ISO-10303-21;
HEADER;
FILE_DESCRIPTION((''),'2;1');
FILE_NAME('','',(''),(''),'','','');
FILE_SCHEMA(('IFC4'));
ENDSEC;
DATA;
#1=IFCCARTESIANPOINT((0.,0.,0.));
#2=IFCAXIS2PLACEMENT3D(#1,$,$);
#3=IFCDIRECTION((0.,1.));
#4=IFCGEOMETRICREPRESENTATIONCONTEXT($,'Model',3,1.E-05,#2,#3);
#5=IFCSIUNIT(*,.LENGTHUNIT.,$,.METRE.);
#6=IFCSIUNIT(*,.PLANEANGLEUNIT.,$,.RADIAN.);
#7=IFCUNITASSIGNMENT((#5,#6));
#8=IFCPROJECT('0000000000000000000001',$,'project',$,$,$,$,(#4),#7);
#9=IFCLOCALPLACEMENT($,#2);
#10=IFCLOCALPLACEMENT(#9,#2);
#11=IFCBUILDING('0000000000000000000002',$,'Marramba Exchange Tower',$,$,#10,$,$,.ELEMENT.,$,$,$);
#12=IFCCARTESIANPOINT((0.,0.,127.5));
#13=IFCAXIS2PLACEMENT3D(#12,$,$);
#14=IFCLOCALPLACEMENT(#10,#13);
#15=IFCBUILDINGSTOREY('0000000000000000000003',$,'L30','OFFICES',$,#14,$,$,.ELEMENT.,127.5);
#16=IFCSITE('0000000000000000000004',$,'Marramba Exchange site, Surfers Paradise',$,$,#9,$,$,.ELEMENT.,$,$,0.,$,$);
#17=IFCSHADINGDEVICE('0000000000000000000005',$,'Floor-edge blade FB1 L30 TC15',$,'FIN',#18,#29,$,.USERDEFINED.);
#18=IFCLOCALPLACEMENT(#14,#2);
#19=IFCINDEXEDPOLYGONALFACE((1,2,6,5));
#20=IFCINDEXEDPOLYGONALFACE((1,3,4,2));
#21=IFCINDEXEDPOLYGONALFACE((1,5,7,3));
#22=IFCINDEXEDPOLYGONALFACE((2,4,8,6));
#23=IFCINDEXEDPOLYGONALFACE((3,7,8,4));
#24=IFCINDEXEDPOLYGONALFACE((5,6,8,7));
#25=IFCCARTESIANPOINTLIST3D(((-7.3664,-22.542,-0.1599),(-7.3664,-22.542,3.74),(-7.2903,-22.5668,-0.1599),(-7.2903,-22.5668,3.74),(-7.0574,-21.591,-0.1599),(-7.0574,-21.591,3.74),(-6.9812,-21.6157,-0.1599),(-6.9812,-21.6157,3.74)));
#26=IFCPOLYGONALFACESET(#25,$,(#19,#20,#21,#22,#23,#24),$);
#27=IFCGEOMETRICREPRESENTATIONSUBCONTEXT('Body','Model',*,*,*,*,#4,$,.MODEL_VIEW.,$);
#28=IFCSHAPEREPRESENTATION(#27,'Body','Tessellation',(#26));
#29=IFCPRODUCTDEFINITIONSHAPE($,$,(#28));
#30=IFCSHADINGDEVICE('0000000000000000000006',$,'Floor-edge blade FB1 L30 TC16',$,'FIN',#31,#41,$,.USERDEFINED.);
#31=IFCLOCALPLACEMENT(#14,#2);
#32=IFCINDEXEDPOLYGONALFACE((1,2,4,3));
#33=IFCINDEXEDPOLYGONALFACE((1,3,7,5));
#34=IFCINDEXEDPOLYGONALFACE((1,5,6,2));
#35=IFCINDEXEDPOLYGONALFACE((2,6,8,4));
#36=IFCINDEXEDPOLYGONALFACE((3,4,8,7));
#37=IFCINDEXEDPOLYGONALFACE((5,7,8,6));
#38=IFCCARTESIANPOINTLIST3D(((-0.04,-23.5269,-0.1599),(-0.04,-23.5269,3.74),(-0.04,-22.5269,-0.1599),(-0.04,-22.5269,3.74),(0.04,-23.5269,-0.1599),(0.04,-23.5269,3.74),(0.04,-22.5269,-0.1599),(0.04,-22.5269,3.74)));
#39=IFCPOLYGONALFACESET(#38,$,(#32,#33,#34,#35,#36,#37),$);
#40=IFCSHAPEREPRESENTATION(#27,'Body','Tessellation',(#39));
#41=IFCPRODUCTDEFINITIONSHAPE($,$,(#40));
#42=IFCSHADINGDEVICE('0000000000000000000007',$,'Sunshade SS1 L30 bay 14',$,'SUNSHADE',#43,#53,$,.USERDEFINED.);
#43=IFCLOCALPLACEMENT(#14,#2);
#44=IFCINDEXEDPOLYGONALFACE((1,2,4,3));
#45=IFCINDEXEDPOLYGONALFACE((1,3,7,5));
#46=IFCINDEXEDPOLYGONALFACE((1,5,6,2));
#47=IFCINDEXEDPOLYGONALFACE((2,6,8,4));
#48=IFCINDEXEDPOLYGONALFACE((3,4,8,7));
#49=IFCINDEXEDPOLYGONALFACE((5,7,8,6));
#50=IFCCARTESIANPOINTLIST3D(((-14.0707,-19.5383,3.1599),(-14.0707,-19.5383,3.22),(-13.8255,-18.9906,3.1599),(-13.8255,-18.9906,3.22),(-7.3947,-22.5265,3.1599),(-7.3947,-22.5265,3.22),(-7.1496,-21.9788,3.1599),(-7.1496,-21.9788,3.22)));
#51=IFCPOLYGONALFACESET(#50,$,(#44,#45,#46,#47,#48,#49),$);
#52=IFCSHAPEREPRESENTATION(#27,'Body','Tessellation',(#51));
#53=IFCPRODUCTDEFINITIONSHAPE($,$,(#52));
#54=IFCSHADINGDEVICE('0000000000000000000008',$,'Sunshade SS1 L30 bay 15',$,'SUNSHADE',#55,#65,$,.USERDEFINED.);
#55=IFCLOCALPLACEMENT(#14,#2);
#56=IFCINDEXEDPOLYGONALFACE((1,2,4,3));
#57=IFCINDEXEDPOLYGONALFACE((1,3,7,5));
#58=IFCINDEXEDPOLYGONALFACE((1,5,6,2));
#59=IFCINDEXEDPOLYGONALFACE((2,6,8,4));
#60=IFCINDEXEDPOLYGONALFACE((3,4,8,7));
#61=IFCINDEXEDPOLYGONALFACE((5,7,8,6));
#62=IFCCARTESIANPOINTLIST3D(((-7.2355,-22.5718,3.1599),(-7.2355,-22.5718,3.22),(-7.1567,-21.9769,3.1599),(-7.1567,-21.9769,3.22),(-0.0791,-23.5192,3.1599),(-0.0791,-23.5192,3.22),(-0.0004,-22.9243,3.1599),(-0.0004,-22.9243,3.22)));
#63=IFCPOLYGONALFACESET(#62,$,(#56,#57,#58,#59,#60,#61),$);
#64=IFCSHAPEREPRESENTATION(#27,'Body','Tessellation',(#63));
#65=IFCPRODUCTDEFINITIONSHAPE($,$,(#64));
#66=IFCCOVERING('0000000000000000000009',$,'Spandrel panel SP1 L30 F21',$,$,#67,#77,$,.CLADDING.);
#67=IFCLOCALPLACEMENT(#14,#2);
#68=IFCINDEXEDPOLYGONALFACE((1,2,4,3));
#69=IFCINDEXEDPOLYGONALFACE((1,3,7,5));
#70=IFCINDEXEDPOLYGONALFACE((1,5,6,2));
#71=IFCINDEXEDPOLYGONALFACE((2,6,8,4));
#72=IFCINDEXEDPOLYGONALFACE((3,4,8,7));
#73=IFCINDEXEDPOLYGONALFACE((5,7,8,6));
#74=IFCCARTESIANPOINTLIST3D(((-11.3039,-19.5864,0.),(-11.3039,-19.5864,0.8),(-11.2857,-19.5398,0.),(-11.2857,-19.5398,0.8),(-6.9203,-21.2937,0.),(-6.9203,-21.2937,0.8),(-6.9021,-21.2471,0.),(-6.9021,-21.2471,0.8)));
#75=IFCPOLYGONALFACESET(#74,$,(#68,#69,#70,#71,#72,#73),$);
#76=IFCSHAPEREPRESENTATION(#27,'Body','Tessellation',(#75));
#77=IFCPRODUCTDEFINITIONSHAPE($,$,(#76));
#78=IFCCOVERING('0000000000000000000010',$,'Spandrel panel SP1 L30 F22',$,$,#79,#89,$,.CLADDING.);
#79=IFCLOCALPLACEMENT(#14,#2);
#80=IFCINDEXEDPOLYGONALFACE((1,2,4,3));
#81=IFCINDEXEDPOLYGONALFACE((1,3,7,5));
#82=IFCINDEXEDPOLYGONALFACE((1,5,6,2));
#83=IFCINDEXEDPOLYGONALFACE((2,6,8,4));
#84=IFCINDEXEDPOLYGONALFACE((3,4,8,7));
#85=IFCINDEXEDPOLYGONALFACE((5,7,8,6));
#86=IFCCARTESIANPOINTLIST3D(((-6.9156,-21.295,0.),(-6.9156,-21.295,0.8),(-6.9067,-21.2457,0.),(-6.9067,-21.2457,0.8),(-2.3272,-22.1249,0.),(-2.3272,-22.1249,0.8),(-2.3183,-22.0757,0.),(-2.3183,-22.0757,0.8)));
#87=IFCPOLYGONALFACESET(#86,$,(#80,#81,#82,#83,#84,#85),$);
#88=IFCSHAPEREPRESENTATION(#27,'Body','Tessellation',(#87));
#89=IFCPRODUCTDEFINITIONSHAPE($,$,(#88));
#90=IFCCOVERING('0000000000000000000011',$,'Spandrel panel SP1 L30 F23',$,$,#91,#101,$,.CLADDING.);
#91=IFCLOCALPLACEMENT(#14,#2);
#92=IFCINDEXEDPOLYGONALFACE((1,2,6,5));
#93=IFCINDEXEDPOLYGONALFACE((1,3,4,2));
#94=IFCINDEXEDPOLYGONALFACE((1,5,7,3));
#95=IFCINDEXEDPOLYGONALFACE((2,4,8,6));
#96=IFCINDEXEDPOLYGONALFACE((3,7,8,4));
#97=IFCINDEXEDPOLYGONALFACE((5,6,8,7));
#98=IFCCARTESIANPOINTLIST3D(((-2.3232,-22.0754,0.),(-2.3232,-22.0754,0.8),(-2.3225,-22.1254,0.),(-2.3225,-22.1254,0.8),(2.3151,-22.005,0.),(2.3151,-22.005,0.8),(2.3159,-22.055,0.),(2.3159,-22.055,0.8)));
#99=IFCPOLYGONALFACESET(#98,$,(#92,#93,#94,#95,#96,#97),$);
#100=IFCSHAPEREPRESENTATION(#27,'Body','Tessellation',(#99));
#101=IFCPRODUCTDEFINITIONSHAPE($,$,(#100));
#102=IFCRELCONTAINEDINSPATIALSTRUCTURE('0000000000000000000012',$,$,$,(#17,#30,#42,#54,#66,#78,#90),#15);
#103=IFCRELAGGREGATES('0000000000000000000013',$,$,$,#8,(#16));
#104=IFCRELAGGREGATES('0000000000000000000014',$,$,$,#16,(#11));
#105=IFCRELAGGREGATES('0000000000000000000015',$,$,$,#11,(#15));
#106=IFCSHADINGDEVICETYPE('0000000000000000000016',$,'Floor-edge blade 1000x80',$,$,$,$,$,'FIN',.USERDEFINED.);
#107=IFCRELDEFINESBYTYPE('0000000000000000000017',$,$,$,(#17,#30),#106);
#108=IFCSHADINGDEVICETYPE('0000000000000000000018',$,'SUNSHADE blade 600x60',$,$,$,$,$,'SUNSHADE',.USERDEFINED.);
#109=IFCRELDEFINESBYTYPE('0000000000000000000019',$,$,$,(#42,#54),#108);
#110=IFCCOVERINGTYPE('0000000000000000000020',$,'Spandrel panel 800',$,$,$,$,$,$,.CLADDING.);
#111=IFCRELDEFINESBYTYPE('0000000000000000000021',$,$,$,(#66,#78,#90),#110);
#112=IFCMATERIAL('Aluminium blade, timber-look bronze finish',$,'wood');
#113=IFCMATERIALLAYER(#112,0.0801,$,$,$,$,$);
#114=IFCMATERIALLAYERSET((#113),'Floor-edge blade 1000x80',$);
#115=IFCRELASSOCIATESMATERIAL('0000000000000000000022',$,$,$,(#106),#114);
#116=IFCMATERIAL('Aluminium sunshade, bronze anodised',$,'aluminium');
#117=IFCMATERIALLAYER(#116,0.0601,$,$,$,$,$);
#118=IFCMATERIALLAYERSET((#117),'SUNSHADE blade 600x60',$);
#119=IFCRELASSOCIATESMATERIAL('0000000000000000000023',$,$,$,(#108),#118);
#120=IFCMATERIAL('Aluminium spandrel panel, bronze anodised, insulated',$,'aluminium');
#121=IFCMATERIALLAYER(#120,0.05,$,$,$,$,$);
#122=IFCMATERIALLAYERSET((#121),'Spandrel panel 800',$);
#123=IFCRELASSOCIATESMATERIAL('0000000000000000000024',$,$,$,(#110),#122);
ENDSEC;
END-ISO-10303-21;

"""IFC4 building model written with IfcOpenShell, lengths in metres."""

from ifc_helpers import new_model, si_unit, direction, frame, origin, origin_2d, place, context, subcontext, project, spatial, rectangle, extrude, material, layer, layer_set, type_object, element, save


model = new_model("IFC4")

# Units and contexts
model_context = context("Model", 3, precision=1e-05, world=origin(), true_north=direction((0.0, 1.0)))
body_context = subcontext(model_context, "Body", "Model", "MODEL_VIEW")
ifc_project = project(units=[si_unit("LENGTHUNIT", "METRE"), si_unit("PLANEANGLEUNIT", "RADIAN")], contexts=[model_context])

# Site, building, storey
site_placement = place(None, origin())
site = spatial("IfcSite", under=ifc_project, at=site_placement, Name="Marramba Exchange site, Surfers Paradise", CompositionType="ELEMENT", RefElevation=0.0)
building_placement = place(site_placement, origin())
building = spatial("IfcBuilding", under=site, at=building_placement, Name="Marramba Exchange Tower", CompositionType="ELEMENT")
storey_placement = place(building_placement, frame((0.0, 0.0, 127.5)))
storey = spatial("IfcBuildingStorey", under=building, at=storey_placement, Name="L30", Description="OFFICES", CompositionType="ELEMENT", Elevation=127.5)

# Shading devices
ifc_material_1 = material(Name="Aluminium blade, timber-look bronze finish", Category="wood")
ifc_layer_1 = layer(ifc_material_1, 0.0801)
ifc_layer_set_1 = layer_set([ifc_layer_1], Name="Floor-edge blade 1000x80")
shading_device_type_1 = type_object("IfcShadingDeviceType", Name="Floor-edge blade 1000x80", ElementType="FIN", PredefinedType="USERDEFINED", material=ifc_layer_set_1)
for number, where, z_axis, x_axis, name in (
    (1, (-7.1738, -22.0789, -0.1599), (0.0, 0.0, 1.0), (-0.309017, -0.951057, 0.0), "Floor-edge blade FB1 L30 TC15"),
    (2, (0.0, -23.0269, -0.1599), (0.0, 0.0, 1.0), (0.0, -1.0, 0.0), "Floor-edge blade FB1 L30 TC16"),
):
    element("IfcShadingDevice", number, at=place(storey_placement, frame(where, z_axis=z_axis, x_axis=x_axis)), inside=storey, type_object=shading_device_type_1, Name=name, ObjectType="FIN", PredefinedType="USERDEFINED", context=body_context, shape_type="SweptSolid", body=[
        extrude(rectangle(XDim=1.0, YDim=0.0801, at=origin_2d()), origin(), (0.0, 0.0, 1.0), 3.8999),
    ])
ifc_material_2 = material(Name="Aluminium sunshade, bronze anodised", Category="aluminium")
ifc_layer_2 = layer(ifc_material_2, 0.0601)
ifc_layer_set_2 = layer_set([ifc_layer_2], Name="SUNSHADE blade 600x60")
shading_device_type_2 = type_object("IfcShadingDeviceType", Name="SUNSHADE blade 600x60", ElementType="SUNSHADE", PredefinedType="USERDEFINED", material=ifc_layer_set_2)
shading_device_1_placement = place(storey_placement, frame((-10.6101, -20.7585, 3.1599), z_axis=(0.0, 0.0, 1.0), x_axis=(0.912736, -0.40855, 0.0)))
element("IfcShadingDevice", 3, at=shading_device_1_placement, inside=storey, type_object=shading_device_type_2, Name="Sunshade SS1 L30 bay 14", ObjectType="SUNSHADE", PredefinedType="USERDEFINED", context=body_context, shape_type="SweptSolid", body=[
    extrude(rectangle(XDim=7.3142, YDim=0.6001, at=origin_2d()), origin(), (0.0, 0.0, 1.0), 0.0601),
])
shading_device_2_placement = place(storey_placement, frame((-3.6179, -22.748, 3.1599), z_axis=(0.0, 0.0, 1.0), x_axis=(0.99135, -0.131241, 0.0)))
element("IfcShadingDevice", 4, at=shading_device_2_placement, inside=storey, type_object=shading_device_type_2, Name="Sunshade SS1 L30 bay 15", ObjectType="SUNSHADE", PredefinedType="USERDEFINED", context=body_context, shape_type="SweptSolid", body=[
    extrude(rectangle(XDim=7.2188, YDim=0.6001, at=origin_2d()), origin(), (0.0, 0.0, 1.0), 0.0601),
])

# Coverings
ifc_material_3 = material(Name="Aluminium spandrel panel, bronze anodised, insulated", Category="aluminium")
ifc_layer_3 = layer(ifc_material_3, 0.05)
ifc_layer_set_3 = layer_set([ifc_layer_3], Name="Spandrel panel 800")
covering_type = type_object("IfcCoveringType", Name="Spandrel panel 800", PredefinedType="CLADDING", material=ifc_layer_set_3)
covering_1_placement = place(storey_placement, frame((-9.103, -20.4167, 0.0), z_axis=(0.0, 0.0, 1.0), x_axis=(0.931818, -0.362925, 0.0)))
element("IfcCovering", 5, at=covering_1_placement, inside=storey, type_object=covering_type, Name="Spandrel panel SP1 L30 F21", PredefinedType="CLADDING", context=body_context, shape_type="SweptSolid", body=[
    extrude(rectangle(XDim=4.7043, YDim=0.05, at=origin_2d()), origin(), (0.0, 0.0, 1.0), 0.8),
])
covering_2_placement = place(storey_placement, frame((-4.6169, -21.6853, 0.0), z_axis=(0.0, 0.0, 1.0), x_axis=(0.984032, -0.177992, 0.0)))
element("IfcCovering", 6, at=covering_2_placement, inside=storey, type_object=covering_type, Name="Spandrel panel SP1 L30 F22", PredefinedType="CLADDING", context=body_context, shape_type="SweptSolid", body=[
    extrude(rectangle(XDim=4.6628, YDim=0.05, at=origin_2d()), origin(), (0.0, 0.0, 1.0), 0.8),
])
covering_3_placement = place(storey_placement, frame((-0.0037, -22.0652, 0.0), z_axis=(0.0, 0.0, 1.0), x_axis=(0.999885, 0.015179, 0.0)))
element("IfcCovering", 7, at=covering_3_placement, inside=storey, type_object=covering_type, Name="Spandrel panel SP1 L30 F23", PredefinedType="CLADDING", context=body_context, shape_type="SweptSolid", body=[
    extrude(rectangle(XDim=4.6389, YDim=0.05, at=origin_2d()), origin(), (0.0, 0.0, 1.0), 0.8),
])

save(model, "model.ifc")
